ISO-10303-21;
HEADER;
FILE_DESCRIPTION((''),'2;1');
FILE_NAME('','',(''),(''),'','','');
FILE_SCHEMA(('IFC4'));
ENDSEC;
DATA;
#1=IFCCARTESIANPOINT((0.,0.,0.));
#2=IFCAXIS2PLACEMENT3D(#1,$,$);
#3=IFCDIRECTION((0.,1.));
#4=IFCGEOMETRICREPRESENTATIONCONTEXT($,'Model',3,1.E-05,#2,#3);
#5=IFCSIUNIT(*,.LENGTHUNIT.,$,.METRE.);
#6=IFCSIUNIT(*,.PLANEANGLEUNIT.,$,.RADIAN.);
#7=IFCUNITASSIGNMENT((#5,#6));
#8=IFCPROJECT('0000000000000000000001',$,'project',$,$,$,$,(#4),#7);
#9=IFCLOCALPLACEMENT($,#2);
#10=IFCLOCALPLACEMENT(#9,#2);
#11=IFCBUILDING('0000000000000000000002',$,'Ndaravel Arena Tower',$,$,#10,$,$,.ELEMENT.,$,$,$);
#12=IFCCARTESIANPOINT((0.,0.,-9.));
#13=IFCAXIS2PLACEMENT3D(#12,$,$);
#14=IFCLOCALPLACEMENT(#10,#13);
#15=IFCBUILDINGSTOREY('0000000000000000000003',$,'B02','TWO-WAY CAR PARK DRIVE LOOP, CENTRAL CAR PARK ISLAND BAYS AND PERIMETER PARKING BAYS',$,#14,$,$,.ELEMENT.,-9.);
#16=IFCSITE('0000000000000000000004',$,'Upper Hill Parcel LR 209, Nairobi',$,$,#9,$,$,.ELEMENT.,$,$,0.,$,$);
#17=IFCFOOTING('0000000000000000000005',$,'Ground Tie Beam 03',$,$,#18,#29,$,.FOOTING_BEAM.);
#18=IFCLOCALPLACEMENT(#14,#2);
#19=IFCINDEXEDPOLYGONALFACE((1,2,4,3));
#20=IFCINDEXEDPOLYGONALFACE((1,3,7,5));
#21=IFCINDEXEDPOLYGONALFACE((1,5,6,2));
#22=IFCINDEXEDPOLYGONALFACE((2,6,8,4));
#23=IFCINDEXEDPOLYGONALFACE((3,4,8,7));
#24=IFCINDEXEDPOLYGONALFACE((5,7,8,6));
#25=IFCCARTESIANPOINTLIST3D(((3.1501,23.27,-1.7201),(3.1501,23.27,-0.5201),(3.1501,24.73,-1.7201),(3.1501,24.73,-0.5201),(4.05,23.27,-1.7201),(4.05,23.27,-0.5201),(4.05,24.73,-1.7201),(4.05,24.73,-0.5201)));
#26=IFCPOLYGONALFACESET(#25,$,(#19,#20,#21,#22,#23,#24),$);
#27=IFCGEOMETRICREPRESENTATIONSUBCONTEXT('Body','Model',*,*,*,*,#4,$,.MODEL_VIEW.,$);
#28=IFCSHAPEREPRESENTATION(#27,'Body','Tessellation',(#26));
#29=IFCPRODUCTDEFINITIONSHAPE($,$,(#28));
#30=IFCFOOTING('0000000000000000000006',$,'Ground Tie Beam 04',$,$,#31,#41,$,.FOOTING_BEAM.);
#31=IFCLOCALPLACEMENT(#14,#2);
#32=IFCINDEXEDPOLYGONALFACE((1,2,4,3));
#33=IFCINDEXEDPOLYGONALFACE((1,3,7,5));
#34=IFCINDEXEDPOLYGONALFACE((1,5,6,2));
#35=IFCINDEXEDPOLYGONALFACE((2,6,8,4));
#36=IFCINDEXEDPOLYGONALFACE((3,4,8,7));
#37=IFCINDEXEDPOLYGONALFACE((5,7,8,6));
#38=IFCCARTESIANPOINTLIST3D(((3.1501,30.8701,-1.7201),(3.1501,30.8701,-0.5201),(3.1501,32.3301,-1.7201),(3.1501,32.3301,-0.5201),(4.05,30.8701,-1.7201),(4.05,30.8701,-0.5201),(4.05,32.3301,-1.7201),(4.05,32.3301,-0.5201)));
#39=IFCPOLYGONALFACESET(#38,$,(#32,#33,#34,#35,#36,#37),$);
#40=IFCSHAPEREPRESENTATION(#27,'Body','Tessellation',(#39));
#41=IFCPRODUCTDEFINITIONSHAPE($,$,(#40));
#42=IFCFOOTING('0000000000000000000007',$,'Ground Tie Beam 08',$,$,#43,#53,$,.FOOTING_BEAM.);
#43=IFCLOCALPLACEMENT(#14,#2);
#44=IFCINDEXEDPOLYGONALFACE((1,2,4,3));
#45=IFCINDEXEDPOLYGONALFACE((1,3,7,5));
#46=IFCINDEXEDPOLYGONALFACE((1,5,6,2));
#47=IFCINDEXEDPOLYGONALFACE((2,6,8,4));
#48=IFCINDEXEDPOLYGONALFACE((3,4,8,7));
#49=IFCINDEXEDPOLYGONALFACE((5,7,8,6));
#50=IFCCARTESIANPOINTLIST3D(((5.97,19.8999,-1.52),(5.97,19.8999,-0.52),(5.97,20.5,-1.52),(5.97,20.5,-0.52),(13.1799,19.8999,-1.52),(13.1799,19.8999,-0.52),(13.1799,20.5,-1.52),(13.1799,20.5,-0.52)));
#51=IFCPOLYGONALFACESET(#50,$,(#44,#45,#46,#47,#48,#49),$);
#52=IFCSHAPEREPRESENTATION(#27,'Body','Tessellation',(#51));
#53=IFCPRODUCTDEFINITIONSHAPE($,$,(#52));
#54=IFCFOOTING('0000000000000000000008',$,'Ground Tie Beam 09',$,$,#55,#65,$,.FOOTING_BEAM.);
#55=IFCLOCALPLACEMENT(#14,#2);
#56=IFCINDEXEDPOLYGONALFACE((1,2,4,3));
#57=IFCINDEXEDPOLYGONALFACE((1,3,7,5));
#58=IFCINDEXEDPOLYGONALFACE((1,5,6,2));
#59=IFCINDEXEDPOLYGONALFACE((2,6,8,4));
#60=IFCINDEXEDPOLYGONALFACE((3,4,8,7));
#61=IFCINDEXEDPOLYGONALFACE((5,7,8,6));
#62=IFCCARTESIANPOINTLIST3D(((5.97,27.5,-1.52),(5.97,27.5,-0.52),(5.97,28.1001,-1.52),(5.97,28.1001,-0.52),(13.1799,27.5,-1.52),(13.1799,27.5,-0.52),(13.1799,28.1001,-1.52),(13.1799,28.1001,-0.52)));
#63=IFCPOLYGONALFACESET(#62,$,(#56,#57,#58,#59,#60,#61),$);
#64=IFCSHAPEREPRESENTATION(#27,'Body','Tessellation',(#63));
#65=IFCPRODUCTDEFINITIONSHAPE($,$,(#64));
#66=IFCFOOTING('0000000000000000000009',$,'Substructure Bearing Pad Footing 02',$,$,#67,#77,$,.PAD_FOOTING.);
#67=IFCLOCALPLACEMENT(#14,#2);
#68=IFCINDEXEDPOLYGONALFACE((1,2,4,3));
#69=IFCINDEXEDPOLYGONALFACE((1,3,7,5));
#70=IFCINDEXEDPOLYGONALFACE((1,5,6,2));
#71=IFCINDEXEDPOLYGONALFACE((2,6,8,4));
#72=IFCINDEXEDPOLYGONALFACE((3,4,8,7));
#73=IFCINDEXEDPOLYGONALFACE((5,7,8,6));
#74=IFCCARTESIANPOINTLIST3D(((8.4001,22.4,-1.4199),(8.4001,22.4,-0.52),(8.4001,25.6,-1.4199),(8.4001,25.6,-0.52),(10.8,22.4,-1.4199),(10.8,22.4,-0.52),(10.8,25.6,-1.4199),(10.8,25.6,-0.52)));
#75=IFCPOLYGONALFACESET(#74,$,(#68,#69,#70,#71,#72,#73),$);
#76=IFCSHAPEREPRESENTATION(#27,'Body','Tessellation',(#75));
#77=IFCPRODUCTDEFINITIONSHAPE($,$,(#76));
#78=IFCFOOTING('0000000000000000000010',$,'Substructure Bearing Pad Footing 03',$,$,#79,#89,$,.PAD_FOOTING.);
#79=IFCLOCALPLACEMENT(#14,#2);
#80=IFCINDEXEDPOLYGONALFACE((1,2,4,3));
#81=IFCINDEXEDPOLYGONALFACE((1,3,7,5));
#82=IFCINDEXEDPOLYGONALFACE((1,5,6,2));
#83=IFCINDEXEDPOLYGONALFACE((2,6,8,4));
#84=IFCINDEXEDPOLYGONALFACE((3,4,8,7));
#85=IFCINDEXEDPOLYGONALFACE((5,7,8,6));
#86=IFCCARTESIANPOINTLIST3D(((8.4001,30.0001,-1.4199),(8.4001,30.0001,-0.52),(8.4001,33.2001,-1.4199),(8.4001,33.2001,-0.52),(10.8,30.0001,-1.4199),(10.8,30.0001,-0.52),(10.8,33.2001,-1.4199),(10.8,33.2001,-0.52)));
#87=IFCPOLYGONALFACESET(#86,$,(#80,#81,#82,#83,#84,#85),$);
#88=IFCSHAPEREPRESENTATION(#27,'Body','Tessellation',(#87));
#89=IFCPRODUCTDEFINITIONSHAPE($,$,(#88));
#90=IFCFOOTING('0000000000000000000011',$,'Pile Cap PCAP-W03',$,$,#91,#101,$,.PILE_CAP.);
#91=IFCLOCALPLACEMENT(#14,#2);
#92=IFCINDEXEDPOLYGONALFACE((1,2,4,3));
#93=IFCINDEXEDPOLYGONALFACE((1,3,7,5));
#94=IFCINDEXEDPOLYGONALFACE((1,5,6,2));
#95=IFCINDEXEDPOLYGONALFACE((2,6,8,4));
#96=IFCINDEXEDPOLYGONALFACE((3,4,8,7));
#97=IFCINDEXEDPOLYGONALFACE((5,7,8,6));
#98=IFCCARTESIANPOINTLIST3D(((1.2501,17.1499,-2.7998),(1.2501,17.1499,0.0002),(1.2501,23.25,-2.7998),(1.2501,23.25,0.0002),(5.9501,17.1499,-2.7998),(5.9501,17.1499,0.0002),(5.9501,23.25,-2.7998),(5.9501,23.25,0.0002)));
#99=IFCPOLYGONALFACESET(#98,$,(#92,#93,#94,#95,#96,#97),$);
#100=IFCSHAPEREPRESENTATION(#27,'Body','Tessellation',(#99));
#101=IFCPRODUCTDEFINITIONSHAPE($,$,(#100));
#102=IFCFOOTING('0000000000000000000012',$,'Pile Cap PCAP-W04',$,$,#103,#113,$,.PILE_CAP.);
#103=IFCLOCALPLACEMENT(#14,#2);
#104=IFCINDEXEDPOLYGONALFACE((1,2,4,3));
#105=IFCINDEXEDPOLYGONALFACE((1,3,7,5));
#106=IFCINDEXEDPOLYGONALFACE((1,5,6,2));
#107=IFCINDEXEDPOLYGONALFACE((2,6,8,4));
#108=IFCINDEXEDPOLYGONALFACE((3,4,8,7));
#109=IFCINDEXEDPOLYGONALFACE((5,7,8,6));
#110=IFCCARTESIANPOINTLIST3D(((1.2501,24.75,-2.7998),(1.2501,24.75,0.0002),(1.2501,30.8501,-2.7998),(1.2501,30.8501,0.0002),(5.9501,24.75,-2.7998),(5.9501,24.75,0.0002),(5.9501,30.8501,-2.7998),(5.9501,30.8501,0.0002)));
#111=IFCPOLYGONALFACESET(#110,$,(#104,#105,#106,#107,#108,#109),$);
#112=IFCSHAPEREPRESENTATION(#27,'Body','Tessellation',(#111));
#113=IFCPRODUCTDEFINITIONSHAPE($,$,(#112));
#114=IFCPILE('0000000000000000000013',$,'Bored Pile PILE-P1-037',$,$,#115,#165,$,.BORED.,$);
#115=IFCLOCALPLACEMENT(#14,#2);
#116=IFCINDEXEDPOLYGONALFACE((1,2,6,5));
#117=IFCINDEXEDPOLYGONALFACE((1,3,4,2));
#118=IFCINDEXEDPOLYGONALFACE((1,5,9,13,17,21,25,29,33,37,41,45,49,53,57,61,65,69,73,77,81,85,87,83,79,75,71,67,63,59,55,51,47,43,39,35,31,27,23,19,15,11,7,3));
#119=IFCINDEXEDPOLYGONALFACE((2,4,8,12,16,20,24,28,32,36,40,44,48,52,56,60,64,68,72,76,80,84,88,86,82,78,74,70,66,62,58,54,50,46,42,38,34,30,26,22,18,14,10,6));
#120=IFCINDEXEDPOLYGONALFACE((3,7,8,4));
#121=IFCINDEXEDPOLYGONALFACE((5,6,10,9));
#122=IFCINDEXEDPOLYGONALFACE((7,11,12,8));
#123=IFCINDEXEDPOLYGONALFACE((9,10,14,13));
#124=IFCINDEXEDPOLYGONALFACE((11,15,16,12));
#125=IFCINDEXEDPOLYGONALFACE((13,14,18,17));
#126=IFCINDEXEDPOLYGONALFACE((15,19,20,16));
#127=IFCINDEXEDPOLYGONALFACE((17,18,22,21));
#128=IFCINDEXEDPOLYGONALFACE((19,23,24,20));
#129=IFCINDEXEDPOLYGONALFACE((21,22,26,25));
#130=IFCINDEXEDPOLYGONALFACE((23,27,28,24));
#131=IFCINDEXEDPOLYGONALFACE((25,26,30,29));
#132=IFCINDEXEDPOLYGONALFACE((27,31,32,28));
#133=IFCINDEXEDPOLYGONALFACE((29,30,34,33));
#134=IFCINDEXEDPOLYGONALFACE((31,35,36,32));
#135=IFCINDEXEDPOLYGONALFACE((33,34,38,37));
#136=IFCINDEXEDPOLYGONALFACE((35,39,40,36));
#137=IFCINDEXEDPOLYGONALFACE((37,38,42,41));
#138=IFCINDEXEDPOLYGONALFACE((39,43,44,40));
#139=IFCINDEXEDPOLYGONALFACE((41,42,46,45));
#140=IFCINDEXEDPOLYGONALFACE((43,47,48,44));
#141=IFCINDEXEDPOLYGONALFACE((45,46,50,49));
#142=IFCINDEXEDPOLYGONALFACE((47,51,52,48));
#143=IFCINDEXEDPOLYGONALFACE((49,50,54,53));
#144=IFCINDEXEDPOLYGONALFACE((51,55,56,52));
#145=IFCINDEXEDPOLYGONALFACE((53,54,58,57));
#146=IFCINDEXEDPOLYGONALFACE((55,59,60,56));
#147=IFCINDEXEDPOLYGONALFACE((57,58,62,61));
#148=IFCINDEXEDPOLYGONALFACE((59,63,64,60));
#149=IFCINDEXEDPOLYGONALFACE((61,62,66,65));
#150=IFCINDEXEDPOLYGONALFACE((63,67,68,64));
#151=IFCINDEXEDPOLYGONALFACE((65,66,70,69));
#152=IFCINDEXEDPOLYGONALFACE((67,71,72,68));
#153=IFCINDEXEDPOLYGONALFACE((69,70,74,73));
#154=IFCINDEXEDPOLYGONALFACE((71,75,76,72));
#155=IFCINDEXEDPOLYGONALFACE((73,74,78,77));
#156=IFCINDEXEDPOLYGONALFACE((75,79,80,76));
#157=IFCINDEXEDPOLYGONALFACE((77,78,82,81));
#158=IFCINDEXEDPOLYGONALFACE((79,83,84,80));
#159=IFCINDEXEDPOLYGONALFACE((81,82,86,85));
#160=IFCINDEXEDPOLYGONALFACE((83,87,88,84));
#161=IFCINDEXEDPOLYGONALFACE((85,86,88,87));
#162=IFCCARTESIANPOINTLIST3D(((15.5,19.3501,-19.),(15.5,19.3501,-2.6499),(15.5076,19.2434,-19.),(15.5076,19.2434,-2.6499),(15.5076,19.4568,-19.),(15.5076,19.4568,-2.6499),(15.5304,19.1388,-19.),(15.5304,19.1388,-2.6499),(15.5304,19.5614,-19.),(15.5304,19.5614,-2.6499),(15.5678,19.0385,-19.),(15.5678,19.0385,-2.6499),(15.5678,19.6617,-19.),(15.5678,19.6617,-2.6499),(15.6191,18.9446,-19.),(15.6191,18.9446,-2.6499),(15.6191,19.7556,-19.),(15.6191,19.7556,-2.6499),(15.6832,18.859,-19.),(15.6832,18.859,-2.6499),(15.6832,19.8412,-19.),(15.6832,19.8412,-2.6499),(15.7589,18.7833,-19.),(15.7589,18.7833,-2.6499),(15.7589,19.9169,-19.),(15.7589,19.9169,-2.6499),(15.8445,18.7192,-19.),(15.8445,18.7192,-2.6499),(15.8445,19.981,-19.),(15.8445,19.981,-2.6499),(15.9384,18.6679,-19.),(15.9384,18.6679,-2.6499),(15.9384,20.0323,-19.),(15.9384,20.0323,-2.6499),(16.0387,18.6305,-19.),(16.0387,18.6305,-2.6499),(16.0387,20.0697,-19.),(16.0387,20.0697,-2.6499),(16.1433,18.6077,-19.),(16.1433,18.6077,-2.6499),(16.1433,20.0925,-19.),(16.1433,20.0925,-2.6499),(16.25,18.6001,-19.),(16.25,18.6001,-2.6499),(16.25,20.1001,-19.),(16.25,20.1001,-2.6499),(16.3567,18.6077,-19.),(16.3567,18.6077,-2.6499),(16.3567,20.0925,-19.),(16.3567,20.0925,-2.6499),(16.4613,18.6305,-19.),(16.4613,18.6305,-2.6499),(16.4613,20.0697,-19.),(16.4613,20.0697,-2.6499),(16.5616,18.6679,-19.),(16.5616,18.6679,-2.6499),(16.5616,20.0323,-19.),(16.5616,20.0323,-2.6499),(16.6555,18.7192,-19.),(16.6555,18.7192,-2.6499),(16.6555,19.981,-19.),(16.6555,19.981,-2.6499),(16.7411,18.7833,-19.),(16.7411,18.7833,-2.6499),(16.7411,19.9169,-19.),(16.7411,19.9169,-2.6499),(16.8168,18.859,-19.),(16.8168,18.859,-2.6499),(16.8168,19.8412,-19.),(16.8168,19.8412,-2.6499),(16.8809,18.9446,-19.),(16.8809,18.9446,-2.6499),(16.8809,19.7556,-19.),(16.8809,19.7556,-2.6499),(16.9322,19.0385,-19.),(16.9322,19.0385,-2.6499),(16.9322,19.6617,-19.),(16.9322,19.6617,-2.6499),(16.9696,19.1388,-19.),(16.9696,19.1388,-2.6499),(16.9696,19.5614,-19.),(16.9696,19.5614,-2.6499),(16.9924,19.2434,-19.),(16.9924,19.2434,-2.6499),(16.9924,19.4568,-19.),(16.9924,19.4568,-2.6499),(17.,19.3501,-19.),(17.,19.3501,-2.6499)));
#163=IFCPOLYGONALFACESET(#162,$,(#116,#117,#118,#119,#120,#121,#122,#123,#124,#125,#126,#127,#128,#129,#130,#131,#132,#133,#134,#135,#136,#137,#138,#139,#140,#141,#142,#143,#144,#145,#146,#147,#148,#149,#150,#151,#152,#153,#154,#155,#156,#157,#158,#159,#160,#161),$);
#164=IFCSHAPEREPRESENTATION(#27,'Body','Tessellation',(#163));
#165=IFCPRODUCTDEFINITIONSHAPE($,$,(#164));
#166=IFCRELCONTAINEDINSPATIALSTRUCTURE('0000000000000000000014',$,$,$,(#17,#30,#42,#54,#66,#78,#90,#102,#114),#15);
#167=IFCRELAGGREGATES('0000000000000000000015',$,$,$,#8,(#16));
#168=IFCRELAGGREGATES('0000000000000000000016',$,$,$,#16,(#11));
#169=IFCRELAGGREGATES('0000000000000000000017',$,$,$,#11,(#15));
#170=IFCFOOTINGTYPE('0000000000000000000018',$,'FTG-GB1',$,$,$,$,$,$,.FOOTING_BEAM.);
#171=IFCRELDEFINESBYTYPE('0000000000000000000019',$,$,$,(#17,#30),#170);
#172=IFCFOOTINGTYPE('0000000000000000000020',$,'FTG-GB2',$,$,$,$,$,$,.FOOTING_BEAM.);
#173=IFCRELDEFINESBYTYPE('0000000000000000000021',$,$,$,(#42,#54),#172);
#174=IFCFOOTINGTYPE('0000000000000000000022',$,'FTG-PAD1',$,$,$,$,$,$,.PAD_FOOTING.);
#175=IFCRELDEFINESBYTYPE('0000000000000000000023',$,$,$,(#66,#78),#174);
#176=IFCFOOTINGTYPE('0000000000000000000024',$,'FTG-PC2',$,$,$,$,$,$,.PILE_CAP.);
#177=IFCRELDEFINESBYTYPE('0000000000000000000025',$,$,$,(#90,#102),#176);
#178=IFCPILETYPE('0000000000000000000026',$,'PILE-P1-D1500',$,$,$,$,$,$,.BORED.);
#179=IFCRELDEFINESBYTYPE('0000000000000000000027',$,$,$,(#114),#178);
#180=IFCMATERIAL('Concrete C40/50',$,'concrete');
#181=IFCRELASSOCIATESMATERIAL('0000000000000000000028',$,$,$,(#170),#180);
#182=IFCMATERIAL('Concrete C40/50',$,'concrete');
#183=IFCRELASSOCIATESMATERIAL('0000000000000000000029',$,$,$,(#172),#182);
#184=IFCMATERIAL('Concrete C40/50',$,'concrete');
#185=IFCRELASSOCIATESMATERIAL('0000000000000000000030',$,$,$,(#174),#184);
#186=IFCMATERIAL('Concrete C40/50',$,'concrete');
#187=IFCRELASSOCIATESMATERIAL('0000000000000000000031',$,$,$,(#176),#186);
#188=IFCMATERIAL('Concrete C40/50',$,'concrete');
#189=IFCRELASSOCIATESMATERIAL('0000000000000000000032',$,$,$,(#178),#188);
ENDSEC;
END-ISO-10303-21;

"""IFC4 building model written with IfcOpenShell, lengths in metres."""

from ifc_helpers import new_model, si_unit, direction, frame, origin, origin_2d, place, context, subcontext, project, spatial, rectangle, circle, extrude, material, material_profile, profile_set, type_object, element, save


model = new_model("IFC4")

# Units and contexts
model_context = context("Model", 3, precision=1e-05, world=origin(), true_north=direction((0.0, 1.0)))
body_context = subcontext(model_context, "Body", "Model", "MODEL_VIEW")
ifc_project = project(units=[si_unit("LENGTHUNIT", "METRE"), si_unit("PLANEANGLEUNIT", "RADIAN")], contexts=[model_context])

# Site, building, storey
site_placement = place(None, origin())
site = spatial("IfcSite", under=ifc_project, at=site_placement, Name="Upper Hill Parcel LR 209, Nairobi", CompositionType="ELEMENT", RefElevation=0.0)
building_placement = place(site_placement, origin())
building = spatial("IfcBuilding", under=site, at=building_placement, Name="Ndaravel Arena Tower", CompositionType="ELEMENT")
storey_placement = place(building_placement, frame((0.0, 0.0, -9.0)))
storey = spatial("IfcBuildingStorey", under=building, at=storey_placement, Name="B02", Description="TWO-WAY CAR PARK DRIVE LOOP, CENTRAL CAR PARK ISLAND BAYS AND PERIMETER PARKING BAYS", CompositionType="ELEMENT", Elevation=-9.0)

# Footings
ifc_material_1 = material(Name="Concrete C40/50", Category="concrete")
ifc_material_profile_1 = material_profile(ifc_material_1, rectangle(XDim=0.8999, YDim=1.2, at=origin_2d()), Name="RC 900x1200")
ifc_profile_set_1 = profile_set([ifc_material_profile_1], Name="Concrete C40/50")
footing_type_1 = type_object("IfcFootingType", Name="FTG-GB1", PredefinedType="FOOTING_BEAM", material=ifc_profile_set_1)
for number, where, z_axis, x_axis, name in (
    (1, (3.6001, 23.27, -1.1201), (0.0, 1.0, 0.0), (-1.0, 0.0, 0.0), "Ground Tie Beam 03"),
    (2, (3.6001, 30.8701, -1.1201), (0.0, 1.0, 0.0), (-1.0, 0.0, 0.0), "Ground Tie Beam 04"),
):
    element("IfcFooting", number, at=place(storey_placement, frame(where, z_axis=z_axis, x_axis=x_axis)), inside=storey, type_object=footing_type_1, Name=name, PredefinedType="FOOTING_BEAM", context=body_context, shape_type="SweptSolid", body=[
        extrude(rectangle(XDim=0.8999, YDim=1.2, at=origin_2d()), origin(), (0.0, 0.0, 1.0), 1.46),
    ])
ifc_material_2 = material(Name="Concrete C40/50", Category="concrete")
ifc_material_profile_2 = material_profile(ifc_material_2, rectangle(XDim=0.6001, YDim=1.0, at=origin_2d()), Name="RC 600x1000")
ifc_profile_set_2 = profile_set([ifc_material_profile_2], Name="Concrete C40/50")
footing_type_2 = type_object("IfcFootingType", Name="FTG-GB2", PredefinedType="FOOTING_BEAM", material=ifc_profile_set_2)
for number, where, z_axis, x_axis, name in (
    (3, (5.97, 20.2, -1.02), (1.0, 0.0, 0.0), (0.0, 1.0, 0.0), "Ground Tie Beam 08"),
    (4, (5.97, 27.8, -1.02), (1.0, 0.0, 0.0), (0.0, 1.0, 0.0), "Ground Tie Beam 09"),
):
    element("IfcFooting", number, at=place(storey_placement, frame(where, z_axis=z_axis, x_axis=x_axis)), inside=storey, type_object=footing_type_2, Name=name, PredefinedType="FOOTING_BEAM", context=body_context, shape_type="SweptSolid", body=[
        extrude(rectangle(XDim=0.6001, YDim=1.0, at=origin_2d()), origin(), (0.0, 0.0, 1.0), 7.21),
    ])
ifc_material_3 = material(Name="Concrete C40/50", Category="concrete")
footing_type_3 = type_object("IfcFootingType", Name="FTG-PAD1", PredefinedType="PAD_FOOTING", material=ifc_material_3)
for number, where, z_axis, x_axis, name in (
    (5, (9.6001, 24.0, -1.4199), (0.0, 0.0, 1.0), (1.0, 0.0, 0.0), "Substructure Bearing Pad Footing 02"),
    (6, (9.6001, 31.6001, -1.4199), (0.0, 0.0, 1.0), (1.0, 0.0, 0.0), "Substructure Bearing Pad Footing 03"),
):
    element("IfcFooting", number, at=place(storey_placement, frame(where, z_axis=z_axis, x_axis=x_axis)), inside=storey, type_object=footing_type_3, Name=name, PredefinedType="PAD_FOOTING", context=body_context, shape_type="SweptSolid", body=[
        extrude(rectangle(XDim=2.3999, YDim=3.2, at=origin_2d()), origin(), (0.0, 0.0, 1.0), 0.8999),
    ])
ifc_material_4 = material(Name="Concrete C40/50", Category="concrete")
footing_type_4 = type_object("IfcFootingType", Name="FTG-PC2", PredefinedType="PILE_CAP", material=ifc_material_4)
for number, where, z_axis, x_axis, name in (
    (7, (3.6001, 20.2, -2.7998), (0.0, 0.0, 1.0), (1.0, 0.0, 0.0), "Pile Cap PCAP-W03"),
    (8, (3.6001, 27.8, -2.7998), (0.0, 0.0, 1.0), (1.0, 0.0, 0.0), "Pile Cap PCAP-W04"),
):
    element("IfcFooting", number, at=place(storey_placement, frame(where, z_axis=z_axis, x_axis=x_axis)), inside=storey, type_object=footing_type_4, Name=name, PredefinedType="PILE_CAP", context=body_context, shape_type="SweptSolid", body=[
        extrude(rectangle(XDim=4.7, YDim=6.1001, at=origin_2d()), origin(), (0.0, 0.0, 1.0), 2.8),
    ])

# Pile
ifc_material_5 = material(Name="Concrete C40/50", Category="concrete")
ifc_material_profile_3 = material_profile(ifc_material_5, circle(Radius=0.75, at=origin_2d()), Name="BORED PILE D1500")
ifc_profile_set_3 = profile_set([ifc_material_profile_3], Name="Concrete C40/50")
pile_type_1 = type_object("IfcPileType", Name="PILE-P1-D1500", PredefinedType="BORED", material=ifc_profile_set_3)
for number, where, z_axis, x_axis, name in (
    (9, (16.25, 19.3501, -2.6499), (0.0, 0.0, -1.0), (1.0, 0.0, 0.0), "Bored Pile PILE-P1-037"),
):
    element("IfcPile", number, at=place(storey_placement, frame(where, z_axis=z_axis, x_axis=x_axis)), inside=storey, type_object=pile_type_1, Name=name, PredefinedType="BORED", context=body_context, shape_type="SweptSolid", body=[
        extrude(circle(Radius=0.75, at=origin_2d()), origin(), (0.0, 0.0, 1.0), 16.3501),
    ])

save(model, "model.ifc")
